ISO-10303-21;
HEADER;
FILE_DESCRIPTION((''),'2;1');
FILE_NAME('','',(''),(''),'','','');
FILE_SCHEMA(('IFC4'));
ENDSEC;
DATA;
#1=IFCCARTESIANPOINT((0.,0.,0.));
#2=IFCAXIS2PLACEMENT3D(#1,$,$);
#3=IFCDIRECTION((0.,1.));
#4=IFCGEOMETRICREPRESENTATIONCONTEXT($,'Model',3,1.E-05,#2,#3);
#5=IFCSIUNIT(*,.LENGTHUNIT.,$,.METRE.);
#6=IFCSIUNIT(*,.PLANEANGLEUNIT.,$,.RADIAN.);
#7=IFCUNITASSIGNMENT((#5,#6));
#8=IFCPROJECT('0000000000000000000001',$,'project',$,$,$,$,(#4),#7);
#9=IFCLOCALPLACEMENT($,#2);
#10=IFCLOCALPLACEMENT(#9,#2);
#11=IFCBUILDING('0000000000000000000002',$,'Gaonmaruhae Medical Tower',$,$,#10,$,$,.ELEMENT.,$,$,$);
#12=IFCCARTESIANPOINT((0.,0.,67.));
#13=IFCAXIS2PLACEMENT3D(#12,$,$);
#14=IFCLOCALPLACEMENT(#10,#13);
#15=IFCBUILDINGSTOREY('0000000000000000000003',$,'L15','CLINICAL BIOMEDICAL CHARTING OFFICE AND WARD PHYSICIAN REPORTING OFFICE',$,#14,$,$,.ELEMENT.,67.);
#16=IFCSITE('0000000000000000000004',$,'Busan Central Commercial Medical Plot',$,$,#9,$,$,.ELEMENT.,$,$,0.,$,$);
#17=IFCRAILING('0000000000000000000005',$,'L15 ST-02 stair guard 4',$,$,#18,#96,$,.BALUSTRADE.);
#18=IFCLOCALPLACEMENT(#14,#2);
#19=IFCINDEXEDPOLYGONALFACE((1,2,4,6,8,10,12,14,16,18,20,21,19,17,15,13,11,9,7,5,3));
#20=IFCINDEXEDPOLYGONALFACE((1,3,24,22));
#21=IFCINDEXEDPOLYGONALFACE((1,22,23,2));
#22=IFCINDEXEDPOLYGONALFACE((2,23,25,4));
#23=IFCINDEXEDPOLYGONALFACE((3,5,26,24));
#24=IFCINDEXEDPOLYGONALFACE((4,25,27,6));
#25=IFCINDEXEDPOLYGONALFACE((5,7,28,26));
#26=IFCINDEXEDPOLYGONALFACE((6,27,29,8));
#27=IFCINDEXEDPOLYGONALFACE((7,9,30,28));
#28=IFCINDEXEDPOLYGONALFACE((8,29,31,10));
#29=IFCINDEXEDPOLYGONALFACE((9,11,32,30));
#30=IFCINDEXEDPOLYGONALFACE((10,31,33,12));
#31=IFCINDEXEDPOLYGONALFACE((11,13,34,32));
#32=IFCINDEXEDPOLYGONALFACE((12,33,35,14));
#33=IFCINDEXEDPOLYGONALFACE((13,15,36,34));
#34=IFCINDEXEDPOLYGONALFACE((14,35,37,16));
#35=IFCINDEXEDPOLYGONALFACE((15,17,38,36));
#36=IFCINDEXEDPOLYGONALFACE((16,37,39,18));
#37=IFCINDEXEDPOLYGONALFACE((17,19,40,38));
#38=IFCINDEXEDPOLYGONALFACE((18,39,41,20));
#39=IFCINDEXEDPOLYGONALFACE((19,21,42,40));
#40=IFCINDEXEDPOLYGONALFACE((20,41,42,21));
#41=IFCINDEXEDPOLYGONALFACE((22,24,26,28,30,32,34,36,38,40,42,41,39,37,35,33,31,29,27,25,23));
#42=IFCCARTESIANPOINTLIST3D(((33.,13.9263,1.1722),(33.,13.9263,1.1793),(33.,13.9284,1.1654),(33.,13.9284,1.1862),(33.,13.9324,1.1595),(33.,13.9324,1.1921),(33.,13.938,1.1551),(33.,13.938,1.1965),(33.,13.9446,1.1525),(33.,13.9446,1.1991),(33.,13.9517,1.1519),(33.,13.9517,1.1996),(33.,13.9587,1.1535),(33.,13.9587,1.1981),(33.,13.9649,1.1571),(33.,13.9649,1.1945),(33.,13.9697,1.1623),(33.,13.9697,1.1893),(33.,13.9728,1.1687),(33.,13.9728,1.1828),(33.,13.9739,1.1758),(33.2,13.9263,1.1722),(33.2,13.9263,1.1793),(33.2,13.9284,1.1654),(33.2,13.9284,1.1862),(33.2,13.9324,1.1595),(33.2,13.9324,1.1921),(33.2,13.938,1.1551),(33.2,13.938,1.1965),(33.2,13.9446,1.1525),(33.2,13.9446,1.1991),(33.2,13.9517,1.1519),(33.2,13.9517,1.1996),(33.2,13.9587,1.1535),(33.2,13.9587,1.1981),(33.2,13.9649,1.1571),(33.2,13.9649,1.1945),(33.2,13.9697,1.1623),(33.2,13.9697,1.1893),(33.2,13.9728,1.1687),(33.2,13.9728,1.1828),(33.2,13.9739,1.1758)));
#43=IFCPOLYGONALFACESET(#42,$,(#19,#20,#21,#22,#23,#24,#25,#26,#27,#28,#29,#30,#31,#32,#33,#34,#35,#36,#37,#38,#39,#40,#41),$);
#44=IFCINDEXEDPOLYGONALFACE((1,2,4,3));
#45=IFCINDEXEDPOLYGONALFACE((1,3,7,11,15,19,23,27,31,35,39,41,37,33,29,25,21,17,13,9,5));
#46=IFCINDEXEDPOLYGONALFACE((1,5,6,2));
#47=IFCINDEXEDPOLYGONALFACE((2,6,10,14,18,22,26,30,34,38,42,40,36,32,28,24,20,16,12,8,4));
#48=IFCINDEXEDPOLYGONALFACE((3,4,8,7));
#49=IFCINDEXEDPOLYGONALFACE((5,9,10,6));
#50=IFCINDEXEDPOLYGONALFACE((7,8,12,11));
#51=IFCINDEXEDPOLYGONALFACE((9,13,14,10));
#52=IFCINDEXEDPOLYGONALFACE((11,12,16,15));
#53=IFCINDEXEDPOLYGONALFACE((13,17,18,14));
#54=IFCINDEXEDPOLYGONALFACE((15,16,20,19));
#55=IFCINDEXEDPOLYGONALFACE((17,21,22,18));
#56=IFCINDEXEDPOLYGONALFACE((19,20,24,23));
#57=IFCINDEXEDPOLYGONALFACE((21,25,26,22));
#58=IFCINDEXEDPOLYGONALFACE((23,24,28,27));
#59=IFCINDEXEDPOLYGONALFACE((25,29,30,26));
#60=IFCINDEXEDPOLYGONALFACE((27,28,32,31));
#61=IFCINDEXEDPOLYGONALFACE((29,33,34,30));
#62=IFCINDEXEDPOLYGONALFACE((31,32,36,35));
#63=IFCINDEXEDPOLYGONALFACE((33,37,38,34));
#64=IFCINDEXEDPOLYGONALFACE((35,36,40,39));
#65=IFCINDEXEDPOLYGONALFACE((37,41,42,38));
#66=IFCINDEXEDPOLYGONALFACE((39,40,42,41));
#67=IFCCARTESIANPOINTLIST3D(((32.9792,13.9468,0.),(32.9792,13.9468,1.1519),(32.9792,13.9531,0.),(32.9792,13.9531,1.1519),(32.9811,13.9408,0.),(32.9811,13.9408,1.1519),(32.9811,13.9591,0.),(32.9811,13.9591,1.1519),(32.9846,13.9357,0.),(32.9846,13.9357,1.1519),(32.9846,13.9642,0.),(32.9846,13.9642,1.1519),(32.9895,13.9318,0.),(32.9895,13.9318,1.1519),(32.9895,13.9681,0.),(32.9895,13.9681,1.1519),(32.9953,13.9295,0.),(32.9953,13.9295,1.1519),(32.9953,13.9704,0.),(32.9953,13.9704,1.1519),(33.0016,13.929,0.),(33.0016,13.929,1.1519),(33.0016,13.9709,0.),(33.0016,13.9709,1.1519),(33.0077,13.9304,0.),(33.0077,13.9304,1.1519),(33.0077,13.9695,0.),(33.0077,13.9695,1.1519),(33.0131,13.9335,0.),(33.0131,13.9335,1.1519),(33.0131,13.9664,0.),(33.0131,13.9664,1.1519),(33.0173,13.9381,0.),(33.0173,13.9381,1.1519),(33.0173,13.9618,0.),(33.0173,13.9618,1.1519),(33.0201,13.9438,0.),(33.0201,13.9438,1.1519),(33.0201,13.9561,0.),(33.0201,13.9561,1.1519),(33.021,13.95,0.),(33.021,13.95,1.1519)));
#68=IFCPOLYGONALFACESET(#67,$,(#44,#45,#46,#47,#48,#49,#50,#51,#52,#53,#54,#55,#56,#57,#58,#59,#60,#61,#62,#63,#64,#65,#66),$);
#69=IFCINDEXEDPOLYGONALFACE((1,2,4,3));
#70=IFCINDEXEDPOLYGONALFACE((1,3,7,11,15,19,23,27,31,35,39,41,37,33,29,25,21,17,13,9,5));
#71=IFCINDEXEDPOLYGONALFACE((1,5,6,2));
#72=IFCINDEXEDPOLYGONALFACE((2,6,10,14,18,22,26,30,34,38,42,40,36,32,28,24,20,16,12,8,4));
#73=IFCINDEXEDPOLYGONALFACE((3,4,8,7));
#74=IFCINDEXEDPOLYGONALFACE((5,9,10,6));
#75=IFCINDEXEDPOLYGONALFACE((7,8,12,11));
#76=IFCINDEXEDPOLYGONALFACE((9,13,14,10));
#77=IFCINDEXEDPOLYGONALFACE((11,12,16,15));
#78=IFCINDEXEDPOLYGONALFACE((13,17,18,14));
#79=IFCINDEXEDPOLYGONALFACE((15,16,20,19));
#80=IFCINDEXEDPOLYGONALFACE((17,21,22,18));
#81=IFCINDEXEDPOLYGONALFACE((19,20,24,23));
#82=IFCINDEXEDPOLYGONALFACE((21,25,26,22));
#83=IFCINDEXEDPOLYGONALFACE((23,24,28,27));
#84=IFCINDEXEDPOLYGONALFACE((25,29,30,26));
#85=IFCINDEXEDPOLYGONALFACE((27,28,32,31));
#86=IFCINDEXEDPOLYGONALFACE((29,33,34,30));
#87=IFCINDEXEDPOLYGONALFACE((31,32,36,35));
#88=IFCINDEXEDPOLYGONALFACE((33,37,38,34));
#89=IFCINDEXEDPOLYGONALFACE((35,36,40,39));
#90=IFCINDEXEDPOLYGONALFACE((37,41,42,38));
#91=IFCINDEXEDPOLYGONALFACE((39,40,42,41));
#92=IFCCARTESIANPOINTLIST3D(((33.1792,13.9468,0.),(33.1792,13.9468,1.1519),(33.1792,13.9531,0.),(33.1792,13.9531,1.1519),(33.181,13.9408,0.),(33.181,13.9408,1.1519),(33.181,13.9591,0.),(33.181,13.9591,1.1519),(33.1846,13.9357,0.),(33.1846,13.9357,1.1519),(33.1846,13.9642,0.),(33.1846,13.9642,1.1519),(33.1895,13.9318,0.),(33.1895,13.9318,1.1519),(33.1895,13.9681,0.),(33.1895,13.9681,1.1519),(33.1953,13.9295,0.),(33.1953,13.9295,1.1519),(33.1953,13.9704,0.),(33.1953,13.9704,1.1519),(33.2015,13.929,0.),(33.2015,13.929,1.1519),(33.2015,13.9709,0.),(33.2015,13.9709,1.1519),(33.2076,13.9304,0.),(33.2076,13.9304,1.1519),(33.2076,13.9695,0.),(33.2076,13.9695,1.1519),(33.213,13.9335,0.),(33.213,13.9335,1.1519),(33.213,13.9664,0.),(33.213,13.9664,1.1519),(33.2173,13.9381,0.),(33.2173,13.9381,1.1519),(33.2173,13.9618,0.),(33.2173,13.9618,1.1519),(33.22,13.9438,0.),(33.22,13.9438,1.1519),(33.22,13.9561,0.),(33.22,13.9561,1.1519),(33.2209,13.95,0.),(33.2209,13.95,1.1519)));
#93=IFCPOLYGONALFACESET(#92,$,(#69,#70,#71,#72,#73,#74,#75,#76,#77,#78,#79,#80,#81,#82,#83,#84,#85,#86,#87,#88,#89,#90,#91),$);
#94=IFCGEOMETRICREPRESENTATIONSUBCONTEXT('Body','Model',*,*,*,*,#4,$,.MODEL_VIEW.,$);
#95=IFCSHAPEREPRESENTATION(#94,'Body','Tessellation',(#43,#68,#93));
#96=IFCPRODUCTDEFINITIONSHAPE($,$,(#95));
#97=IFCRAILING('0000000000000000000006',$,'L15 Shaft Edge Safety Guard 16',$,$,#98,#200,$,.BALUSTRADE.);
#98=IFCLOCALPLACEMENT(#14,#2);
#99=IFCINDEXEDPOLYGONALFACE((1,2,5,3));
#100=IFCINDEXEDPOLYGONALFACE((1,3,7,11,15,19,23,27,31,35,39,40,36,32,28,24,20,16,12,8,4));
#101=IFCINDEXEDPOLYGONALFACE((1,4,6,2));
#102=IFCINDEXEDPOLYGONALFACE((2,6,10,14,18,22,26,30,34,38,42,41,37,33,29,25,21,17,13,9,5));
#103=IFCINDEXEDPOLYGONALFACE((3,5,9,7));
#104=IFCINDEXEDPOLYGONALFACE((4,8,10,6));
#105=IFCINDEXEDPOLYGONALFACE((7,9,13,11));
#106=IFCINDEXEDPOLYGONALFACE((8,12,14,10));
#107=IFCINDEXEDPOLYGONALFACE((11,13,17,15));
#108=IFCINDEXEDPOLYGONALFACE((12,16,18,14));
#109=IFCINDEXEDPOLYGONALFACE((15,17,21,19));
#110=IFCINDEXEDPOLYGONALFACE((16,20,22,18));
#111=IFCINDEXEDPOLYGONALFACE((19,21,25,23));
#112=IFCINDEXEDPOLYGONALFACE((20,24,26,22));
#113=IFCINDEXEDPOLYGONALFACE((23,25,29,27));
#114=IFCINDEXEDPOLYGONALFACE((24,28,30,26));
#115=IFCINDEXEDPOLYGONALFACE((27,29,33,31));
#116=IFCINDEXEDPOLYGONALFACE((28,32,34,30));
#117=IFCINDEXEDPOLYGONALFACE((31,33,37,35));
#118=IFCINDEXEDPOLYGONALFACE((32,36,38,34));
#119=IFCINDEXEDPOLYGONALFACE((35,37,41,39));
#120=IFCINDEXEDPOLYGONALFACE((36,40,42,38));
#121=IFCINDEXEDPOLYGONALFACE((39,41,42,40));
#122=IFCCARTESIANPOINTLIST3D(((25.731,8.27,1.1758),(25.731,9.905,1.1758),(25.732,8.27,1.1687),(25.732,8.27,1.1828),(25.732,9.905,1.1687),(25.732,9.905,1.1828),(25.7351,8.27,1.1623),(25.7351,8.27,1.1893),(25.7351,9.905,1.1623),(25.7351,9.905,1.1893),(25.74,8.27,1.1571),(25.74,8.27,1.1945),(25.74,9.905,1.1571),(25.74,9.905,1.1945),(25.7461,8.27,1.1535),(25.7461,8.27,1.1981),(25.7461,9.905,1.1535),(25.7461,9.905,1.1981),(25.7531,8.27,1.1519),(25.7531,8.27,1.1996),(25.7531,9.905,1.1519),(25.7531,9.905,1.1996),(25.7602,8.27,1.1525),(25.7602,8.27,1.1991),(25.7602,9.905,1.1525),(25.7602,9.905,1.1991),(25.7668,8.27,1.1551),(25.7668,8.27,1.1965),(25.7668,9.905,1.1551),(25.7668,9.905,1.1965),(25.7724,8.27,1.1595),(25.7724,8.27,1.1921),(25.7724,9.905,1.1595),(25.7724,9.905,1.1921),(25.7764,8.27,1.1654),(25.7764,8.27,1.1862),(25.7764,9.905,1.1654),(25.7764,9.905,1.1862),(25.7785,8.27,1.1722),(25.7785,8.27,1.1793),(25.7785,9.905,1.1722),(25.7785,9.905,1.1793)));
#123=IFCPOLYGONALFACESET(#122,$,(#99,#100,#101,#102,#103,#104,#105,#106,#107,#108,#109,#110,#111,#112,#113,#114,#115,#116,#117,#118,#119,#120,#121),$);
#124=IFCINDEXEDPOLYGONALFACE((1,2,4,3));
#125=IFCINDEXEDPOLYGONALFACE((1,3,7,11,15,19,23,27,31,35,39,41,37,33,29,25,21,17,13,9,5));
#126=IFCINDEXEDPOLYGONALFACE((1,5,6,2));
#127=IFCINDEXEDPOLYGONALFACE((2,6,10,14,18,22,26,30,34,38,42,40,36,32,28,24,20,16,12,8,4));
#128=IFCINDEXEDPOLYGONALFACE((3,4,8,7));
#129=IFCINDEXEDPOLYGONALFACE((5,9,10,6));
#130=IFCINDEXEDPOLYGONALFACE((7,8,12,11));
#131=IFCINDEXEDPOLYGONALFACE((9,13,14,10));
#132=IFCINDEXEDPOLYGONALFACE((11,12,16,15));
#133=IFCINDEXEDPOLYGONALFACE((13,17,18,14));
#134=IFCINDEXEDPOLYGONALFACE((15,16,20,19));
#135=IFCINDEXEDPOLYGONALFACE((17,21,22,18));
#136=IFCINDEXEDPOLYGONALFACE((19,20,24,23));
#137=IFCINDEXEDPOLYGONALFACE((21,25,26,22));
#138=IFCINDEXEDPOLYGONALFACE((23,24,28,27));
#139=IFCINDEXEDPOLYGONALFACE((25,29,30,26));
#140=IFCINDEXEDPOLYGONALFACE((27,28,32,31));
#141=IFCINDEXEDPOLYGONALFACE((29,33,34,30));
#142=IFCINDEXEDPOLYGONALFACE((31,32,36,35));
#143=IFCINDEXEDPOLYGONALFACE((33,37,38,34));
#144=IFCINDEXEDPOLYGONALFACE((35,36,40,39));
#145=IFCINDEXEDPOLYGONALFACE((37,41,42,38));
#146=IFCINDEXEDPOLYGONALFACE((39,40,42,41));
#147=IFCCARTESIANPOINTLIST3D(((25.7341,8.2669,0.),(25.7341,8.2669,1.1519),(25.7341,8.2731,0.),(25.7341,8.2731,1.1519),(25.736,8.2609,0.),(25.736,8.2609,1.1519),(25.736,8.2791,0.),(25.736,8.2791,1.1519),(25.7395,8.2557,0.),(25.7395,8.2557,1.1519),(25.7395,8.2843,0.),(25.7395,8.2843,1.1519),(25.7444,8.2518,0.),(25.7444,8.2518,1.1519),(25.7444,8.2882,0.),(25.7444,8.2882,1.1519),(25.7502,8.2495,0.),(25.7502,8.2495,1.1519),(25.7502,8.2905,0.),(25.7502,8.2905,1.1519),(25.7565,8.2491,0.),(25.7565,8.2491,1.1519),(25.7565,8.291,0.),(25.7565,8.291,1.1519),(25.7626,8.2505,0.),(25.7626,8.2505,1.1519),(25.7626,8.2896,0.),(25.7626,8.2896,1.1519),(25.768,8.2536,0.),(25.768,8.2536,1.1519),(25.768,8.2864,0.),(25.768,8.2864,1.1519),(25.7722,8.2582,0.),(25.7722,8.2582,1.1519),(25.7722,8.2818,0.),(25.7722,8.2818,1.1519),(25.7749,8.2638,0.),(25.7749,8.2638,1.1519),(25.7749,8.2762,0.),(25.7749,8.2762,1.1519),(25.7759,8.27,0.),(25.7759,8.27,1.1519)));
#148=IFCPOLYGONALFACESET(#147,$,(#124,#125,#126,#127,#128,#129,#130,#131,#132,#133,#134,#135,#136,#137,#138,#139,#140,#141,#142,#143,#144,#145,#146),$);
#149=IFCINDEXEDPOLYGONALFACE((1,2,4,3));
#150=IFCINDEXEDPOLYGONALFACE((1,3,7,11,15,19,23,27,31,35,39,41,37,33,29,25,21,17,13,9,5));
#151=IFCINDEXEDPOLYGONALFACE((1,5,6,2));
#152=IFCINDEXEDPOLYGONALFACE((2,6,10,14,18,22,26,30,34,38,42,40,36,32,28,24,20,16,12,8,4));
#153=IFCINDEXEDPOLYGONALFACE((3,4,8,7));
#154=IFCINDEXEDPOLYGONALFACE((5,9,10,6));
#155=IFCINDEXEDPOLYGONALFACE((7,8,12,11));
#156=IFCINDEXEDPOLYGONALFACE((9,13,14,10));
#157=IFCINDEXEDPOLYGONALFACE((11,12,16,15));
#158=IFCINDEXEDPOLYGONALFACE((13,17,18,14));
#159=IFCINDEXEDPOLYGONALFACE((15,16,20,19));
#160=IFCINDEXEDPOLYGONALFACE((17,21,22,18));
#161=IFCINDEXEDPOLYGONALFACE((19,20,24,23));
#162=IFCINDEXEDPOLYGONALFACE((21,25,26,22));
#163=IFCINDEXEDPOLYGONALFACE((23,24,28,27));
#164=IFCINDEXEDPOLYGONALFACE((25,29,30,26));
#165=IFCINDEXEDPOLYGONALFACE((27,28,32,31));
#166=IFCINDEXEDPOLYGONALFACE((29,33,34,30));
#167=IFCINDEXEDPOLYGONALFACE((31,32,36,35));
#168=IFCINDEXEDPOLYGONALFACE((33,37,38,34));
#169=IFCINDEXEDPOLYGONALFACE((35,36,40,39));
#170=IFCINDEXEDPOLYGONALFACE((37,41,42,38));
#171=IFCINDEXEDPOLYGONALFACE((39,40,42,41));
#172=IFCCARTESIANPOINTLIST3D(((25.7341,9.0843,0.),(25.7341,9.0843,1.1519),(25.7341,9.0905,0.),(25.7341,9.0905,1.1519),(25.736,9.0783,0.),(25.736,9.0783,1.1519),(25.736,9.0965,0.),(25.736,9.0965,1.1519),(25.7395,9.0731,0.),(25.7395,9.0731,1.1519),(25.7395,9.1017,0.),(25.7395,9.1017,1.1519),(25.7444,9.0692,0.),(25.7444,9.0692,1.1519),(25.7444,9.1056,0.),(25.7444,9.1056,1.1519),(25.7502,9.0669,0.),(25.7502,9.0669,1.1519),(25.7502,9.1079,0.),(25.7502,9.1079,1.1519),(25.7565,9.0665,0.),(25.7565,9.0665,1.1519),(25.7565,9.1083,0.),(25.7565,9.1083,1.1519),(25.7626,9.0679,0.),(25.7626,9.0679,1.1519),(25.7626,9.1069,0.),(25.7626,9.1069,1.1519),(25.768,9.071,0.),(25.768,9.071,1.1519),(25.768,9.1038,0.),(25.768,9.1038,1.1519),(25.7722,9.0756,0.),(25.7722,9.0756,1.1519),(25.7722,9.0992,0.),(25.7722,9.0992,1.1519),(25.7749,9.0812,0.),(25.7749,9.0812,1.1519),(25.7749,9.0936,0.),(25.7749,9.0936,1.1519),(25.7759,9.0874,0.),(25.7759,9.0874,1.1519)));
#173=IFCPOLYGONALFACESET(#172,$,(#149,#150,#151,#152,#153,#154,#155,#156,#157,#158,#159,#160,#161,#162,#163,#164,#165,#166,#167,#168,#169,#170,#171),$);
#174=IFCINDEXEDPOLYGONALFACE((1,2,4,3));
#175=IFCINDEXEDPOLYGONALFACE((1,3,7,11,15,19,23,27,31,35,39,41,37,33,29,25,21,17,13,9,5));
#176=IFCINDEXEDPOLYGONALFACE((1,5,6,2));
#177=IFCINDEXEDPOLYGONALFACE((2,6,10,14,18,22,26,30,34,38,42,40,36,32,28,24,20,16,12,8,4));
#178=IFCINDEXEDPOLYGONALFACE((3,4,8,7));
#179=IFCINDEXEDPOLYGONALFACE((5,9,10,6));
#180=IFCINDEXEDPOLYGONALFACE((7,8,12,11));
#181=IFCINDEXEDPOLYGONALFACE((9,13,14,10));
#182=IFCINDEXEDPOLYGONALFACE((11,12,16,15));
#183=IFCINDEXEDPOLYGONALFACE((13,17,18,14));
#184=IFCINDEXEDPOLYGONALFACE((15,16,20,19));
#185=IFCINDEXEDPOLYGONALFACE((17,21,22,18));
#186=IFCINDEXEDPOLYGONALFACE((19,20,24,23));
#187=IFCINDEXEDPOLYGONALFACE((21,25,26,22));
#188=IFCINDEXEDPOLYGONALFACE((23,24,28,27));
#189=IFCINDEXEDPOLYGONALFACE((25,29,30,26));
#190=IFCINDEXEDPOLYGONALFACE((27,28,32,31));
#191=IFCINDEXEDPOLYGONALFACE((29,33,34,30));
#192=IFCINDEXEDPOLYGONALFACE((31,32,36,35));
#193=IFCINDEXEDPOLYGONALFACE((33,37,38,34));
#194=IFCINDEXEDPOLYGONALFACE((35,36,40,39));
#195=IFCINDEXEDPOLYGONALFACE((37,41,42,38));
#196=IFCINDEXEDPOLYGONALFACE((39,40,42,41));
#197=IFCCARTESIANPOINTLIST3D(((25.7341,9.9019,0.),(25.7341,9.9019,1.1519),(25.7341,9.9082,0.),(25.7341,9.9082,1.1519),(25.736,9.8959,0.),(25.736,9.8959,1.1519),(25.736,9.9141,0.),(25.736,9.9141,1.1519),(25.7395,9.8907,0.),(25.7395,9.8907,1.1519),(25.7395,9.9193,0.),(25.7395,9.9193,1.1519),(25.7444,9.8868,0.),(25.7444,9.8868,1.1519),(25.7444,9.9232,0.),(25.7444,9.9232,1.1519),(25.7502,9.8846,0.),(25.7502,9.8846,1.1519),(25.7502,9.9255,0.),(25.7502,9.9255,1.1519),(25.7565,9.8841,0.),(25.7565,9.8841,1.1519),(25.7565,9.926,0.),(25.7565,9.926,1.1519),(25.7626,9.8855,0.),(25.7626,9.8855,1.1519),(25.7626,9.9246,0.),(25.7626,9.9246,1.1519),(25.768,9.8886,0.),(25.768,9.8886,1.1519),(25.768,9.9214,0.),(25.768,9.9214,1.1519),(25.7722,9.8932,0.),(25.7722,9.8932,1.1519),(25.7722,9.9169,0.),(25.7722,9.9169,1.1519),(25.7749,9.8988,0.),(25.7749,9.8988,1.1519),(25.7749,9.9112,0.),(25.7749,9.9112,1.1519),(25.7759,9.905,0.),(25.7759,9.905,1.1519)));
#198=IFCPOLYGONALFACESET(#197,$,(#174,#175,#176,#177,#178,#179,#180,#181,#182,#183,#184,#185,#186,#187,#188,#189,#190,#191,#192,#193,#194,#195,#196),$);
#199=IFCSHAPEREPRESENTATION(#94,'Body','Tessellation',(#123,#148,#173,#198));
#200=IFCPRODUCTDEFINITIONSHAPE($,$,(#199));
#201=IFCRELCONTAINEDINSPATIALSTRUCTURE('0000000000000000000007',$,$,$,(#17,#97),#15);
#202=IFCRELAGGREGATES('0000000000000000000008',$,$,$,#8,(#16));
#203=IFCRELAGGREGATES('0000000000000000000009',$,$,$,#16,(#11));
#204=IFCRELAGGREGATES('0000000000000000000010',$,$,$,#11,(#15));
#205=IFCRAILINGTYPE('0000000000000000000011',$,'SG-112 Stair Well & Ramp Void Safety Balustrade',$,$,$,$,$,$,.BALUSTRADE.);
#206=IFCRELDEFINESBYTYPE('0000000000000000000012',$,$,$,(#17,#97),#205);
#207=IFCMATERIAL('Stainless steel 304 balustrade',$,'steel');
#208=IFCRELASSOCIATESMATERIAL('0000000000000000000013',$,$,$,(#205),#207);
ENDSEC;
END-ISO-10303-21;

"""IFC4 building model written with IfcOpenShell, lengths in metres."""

from ifc_helpers import new_model, si_unit, direction, frame, origin, origin_2d, place, context, subcontext, project, spatial, circle, extrude, material, type_object, element, save


model = new_model("IFC4")

# Units and contexts
model_context = context("Model", 3, precision=1e-05, world=origin(), true_north=direction((0.0, 1.0)))
body_context = subcontext(model_context, "Body", "Model", "MODEL_VIEW")
ifc_project = project(units=[si_unit("LENGTHUNIT", "METRE"), si_unit("PLANEANGLEUNIT", "RADIAN")], contexts=[model_context])

# Site, building, storey
site_placement = place(None, origin())
site = spatial("IfcSite", under=ifc_project, at=site_placement, Name="Busan Central Commercial Medical Plot", CompositionType="ELEMENT", RefElevation=0.0)
building_placement = place(site_placement, origin())
building = spatial("IfcBuilding", under=site, at=building_placement, Name="Gaonmaruhae Medical Tower", CompositionType="ELEMENT")
storey_placement = place(building_placement, frame((0.0, 0.0, 67.0)))
storey = spatial("IfcBuildingStorey", under=building, at=storey_placement, Name="L15", Description="CLINICAL BIOMEDICAL CHARTING OFFICE AND WARD PHYSICIAN REPORTING OFFICE", CompositionType="ELEMENT", Elevation=67.0)

# Railings
ifc_material_1 = material(Name="Stainless steel 304 balustrade", Category="steel")
railing_type_1 = type_object("IfcRailingType", Name="SG-112 Stair Well & Ramp Void Safety Balustrade", PredefinedType="BALUSTRADE", material=ifc_material_1)
railing_1_placement = place(storey_placement, frame((33.0, 13.95, 0.0)))
element("IfcRailing", 1, at=railing_1_placement, inside=storey, type_object=railing_type_1, Name="L15 ST-02 stair guard 4", PredefinedType="BALUSTRADE", context=body_context, shape_type="SweptSolid", body=[
    extrude(circle(Radius=0.0239, at=origin_2d()), frame((0.0, 0.0, 1.1758), z_axis=(1.0, 0.0, 0.0), x_axis=(0.0, 1.0, 0.0)), (0.0, 0.0, 1.0), 0.2),
    extrude(circle(Radius=0.021, at=origin_2d()), origin(), (0.0, 0.0, 1.0), 1.1519),
    extrude(circle(Radius=0.021, at=origin_2d()), frame((0.2, 0.0, 0.0)), (0.0, 0.0, 1.0), 1.1519),
])
for number, where, name in (
    (2, (25.7549, 8.27, 0.0), "L15 Shaft Edge Safety Guard 16"),
):
    element("IfcRailing", number, at=place(storey_placement, frame(where)), inside=storey, type_object=railing_type_1, Name=name, PredefinedType="BALUSTRADE", context=body_context, shape_type="SweptSolid", body=[
        extrude(circle(Radius=0.0239, at=origin_2d()), frame((0.0, 0.0, 1.1758), z_axis=(0.0, 1.0, 0.0), x_axis=(-1.0, 0.0, 0.0)), (0.0, 0.0, 1.0), 1.635),
        extrude(circle(Radius=0.021, at=origin_2d()), origin(), (0.0, 0.0, 1.0), 1.1519),
        extrude(circle(Radius=0.021, at=origin_2d()), frame((0.0, 0.8174, 0.0)), (0.0, 0.0, 1.0), 1.1519),
        extrude(circle(Radius=0.021, at=origin_2d()), frame((0.0, 1.635, 0.0)), (0.0, 0.0, 1.0), 1.1519),
    ])

save(model, "model.ifc")
